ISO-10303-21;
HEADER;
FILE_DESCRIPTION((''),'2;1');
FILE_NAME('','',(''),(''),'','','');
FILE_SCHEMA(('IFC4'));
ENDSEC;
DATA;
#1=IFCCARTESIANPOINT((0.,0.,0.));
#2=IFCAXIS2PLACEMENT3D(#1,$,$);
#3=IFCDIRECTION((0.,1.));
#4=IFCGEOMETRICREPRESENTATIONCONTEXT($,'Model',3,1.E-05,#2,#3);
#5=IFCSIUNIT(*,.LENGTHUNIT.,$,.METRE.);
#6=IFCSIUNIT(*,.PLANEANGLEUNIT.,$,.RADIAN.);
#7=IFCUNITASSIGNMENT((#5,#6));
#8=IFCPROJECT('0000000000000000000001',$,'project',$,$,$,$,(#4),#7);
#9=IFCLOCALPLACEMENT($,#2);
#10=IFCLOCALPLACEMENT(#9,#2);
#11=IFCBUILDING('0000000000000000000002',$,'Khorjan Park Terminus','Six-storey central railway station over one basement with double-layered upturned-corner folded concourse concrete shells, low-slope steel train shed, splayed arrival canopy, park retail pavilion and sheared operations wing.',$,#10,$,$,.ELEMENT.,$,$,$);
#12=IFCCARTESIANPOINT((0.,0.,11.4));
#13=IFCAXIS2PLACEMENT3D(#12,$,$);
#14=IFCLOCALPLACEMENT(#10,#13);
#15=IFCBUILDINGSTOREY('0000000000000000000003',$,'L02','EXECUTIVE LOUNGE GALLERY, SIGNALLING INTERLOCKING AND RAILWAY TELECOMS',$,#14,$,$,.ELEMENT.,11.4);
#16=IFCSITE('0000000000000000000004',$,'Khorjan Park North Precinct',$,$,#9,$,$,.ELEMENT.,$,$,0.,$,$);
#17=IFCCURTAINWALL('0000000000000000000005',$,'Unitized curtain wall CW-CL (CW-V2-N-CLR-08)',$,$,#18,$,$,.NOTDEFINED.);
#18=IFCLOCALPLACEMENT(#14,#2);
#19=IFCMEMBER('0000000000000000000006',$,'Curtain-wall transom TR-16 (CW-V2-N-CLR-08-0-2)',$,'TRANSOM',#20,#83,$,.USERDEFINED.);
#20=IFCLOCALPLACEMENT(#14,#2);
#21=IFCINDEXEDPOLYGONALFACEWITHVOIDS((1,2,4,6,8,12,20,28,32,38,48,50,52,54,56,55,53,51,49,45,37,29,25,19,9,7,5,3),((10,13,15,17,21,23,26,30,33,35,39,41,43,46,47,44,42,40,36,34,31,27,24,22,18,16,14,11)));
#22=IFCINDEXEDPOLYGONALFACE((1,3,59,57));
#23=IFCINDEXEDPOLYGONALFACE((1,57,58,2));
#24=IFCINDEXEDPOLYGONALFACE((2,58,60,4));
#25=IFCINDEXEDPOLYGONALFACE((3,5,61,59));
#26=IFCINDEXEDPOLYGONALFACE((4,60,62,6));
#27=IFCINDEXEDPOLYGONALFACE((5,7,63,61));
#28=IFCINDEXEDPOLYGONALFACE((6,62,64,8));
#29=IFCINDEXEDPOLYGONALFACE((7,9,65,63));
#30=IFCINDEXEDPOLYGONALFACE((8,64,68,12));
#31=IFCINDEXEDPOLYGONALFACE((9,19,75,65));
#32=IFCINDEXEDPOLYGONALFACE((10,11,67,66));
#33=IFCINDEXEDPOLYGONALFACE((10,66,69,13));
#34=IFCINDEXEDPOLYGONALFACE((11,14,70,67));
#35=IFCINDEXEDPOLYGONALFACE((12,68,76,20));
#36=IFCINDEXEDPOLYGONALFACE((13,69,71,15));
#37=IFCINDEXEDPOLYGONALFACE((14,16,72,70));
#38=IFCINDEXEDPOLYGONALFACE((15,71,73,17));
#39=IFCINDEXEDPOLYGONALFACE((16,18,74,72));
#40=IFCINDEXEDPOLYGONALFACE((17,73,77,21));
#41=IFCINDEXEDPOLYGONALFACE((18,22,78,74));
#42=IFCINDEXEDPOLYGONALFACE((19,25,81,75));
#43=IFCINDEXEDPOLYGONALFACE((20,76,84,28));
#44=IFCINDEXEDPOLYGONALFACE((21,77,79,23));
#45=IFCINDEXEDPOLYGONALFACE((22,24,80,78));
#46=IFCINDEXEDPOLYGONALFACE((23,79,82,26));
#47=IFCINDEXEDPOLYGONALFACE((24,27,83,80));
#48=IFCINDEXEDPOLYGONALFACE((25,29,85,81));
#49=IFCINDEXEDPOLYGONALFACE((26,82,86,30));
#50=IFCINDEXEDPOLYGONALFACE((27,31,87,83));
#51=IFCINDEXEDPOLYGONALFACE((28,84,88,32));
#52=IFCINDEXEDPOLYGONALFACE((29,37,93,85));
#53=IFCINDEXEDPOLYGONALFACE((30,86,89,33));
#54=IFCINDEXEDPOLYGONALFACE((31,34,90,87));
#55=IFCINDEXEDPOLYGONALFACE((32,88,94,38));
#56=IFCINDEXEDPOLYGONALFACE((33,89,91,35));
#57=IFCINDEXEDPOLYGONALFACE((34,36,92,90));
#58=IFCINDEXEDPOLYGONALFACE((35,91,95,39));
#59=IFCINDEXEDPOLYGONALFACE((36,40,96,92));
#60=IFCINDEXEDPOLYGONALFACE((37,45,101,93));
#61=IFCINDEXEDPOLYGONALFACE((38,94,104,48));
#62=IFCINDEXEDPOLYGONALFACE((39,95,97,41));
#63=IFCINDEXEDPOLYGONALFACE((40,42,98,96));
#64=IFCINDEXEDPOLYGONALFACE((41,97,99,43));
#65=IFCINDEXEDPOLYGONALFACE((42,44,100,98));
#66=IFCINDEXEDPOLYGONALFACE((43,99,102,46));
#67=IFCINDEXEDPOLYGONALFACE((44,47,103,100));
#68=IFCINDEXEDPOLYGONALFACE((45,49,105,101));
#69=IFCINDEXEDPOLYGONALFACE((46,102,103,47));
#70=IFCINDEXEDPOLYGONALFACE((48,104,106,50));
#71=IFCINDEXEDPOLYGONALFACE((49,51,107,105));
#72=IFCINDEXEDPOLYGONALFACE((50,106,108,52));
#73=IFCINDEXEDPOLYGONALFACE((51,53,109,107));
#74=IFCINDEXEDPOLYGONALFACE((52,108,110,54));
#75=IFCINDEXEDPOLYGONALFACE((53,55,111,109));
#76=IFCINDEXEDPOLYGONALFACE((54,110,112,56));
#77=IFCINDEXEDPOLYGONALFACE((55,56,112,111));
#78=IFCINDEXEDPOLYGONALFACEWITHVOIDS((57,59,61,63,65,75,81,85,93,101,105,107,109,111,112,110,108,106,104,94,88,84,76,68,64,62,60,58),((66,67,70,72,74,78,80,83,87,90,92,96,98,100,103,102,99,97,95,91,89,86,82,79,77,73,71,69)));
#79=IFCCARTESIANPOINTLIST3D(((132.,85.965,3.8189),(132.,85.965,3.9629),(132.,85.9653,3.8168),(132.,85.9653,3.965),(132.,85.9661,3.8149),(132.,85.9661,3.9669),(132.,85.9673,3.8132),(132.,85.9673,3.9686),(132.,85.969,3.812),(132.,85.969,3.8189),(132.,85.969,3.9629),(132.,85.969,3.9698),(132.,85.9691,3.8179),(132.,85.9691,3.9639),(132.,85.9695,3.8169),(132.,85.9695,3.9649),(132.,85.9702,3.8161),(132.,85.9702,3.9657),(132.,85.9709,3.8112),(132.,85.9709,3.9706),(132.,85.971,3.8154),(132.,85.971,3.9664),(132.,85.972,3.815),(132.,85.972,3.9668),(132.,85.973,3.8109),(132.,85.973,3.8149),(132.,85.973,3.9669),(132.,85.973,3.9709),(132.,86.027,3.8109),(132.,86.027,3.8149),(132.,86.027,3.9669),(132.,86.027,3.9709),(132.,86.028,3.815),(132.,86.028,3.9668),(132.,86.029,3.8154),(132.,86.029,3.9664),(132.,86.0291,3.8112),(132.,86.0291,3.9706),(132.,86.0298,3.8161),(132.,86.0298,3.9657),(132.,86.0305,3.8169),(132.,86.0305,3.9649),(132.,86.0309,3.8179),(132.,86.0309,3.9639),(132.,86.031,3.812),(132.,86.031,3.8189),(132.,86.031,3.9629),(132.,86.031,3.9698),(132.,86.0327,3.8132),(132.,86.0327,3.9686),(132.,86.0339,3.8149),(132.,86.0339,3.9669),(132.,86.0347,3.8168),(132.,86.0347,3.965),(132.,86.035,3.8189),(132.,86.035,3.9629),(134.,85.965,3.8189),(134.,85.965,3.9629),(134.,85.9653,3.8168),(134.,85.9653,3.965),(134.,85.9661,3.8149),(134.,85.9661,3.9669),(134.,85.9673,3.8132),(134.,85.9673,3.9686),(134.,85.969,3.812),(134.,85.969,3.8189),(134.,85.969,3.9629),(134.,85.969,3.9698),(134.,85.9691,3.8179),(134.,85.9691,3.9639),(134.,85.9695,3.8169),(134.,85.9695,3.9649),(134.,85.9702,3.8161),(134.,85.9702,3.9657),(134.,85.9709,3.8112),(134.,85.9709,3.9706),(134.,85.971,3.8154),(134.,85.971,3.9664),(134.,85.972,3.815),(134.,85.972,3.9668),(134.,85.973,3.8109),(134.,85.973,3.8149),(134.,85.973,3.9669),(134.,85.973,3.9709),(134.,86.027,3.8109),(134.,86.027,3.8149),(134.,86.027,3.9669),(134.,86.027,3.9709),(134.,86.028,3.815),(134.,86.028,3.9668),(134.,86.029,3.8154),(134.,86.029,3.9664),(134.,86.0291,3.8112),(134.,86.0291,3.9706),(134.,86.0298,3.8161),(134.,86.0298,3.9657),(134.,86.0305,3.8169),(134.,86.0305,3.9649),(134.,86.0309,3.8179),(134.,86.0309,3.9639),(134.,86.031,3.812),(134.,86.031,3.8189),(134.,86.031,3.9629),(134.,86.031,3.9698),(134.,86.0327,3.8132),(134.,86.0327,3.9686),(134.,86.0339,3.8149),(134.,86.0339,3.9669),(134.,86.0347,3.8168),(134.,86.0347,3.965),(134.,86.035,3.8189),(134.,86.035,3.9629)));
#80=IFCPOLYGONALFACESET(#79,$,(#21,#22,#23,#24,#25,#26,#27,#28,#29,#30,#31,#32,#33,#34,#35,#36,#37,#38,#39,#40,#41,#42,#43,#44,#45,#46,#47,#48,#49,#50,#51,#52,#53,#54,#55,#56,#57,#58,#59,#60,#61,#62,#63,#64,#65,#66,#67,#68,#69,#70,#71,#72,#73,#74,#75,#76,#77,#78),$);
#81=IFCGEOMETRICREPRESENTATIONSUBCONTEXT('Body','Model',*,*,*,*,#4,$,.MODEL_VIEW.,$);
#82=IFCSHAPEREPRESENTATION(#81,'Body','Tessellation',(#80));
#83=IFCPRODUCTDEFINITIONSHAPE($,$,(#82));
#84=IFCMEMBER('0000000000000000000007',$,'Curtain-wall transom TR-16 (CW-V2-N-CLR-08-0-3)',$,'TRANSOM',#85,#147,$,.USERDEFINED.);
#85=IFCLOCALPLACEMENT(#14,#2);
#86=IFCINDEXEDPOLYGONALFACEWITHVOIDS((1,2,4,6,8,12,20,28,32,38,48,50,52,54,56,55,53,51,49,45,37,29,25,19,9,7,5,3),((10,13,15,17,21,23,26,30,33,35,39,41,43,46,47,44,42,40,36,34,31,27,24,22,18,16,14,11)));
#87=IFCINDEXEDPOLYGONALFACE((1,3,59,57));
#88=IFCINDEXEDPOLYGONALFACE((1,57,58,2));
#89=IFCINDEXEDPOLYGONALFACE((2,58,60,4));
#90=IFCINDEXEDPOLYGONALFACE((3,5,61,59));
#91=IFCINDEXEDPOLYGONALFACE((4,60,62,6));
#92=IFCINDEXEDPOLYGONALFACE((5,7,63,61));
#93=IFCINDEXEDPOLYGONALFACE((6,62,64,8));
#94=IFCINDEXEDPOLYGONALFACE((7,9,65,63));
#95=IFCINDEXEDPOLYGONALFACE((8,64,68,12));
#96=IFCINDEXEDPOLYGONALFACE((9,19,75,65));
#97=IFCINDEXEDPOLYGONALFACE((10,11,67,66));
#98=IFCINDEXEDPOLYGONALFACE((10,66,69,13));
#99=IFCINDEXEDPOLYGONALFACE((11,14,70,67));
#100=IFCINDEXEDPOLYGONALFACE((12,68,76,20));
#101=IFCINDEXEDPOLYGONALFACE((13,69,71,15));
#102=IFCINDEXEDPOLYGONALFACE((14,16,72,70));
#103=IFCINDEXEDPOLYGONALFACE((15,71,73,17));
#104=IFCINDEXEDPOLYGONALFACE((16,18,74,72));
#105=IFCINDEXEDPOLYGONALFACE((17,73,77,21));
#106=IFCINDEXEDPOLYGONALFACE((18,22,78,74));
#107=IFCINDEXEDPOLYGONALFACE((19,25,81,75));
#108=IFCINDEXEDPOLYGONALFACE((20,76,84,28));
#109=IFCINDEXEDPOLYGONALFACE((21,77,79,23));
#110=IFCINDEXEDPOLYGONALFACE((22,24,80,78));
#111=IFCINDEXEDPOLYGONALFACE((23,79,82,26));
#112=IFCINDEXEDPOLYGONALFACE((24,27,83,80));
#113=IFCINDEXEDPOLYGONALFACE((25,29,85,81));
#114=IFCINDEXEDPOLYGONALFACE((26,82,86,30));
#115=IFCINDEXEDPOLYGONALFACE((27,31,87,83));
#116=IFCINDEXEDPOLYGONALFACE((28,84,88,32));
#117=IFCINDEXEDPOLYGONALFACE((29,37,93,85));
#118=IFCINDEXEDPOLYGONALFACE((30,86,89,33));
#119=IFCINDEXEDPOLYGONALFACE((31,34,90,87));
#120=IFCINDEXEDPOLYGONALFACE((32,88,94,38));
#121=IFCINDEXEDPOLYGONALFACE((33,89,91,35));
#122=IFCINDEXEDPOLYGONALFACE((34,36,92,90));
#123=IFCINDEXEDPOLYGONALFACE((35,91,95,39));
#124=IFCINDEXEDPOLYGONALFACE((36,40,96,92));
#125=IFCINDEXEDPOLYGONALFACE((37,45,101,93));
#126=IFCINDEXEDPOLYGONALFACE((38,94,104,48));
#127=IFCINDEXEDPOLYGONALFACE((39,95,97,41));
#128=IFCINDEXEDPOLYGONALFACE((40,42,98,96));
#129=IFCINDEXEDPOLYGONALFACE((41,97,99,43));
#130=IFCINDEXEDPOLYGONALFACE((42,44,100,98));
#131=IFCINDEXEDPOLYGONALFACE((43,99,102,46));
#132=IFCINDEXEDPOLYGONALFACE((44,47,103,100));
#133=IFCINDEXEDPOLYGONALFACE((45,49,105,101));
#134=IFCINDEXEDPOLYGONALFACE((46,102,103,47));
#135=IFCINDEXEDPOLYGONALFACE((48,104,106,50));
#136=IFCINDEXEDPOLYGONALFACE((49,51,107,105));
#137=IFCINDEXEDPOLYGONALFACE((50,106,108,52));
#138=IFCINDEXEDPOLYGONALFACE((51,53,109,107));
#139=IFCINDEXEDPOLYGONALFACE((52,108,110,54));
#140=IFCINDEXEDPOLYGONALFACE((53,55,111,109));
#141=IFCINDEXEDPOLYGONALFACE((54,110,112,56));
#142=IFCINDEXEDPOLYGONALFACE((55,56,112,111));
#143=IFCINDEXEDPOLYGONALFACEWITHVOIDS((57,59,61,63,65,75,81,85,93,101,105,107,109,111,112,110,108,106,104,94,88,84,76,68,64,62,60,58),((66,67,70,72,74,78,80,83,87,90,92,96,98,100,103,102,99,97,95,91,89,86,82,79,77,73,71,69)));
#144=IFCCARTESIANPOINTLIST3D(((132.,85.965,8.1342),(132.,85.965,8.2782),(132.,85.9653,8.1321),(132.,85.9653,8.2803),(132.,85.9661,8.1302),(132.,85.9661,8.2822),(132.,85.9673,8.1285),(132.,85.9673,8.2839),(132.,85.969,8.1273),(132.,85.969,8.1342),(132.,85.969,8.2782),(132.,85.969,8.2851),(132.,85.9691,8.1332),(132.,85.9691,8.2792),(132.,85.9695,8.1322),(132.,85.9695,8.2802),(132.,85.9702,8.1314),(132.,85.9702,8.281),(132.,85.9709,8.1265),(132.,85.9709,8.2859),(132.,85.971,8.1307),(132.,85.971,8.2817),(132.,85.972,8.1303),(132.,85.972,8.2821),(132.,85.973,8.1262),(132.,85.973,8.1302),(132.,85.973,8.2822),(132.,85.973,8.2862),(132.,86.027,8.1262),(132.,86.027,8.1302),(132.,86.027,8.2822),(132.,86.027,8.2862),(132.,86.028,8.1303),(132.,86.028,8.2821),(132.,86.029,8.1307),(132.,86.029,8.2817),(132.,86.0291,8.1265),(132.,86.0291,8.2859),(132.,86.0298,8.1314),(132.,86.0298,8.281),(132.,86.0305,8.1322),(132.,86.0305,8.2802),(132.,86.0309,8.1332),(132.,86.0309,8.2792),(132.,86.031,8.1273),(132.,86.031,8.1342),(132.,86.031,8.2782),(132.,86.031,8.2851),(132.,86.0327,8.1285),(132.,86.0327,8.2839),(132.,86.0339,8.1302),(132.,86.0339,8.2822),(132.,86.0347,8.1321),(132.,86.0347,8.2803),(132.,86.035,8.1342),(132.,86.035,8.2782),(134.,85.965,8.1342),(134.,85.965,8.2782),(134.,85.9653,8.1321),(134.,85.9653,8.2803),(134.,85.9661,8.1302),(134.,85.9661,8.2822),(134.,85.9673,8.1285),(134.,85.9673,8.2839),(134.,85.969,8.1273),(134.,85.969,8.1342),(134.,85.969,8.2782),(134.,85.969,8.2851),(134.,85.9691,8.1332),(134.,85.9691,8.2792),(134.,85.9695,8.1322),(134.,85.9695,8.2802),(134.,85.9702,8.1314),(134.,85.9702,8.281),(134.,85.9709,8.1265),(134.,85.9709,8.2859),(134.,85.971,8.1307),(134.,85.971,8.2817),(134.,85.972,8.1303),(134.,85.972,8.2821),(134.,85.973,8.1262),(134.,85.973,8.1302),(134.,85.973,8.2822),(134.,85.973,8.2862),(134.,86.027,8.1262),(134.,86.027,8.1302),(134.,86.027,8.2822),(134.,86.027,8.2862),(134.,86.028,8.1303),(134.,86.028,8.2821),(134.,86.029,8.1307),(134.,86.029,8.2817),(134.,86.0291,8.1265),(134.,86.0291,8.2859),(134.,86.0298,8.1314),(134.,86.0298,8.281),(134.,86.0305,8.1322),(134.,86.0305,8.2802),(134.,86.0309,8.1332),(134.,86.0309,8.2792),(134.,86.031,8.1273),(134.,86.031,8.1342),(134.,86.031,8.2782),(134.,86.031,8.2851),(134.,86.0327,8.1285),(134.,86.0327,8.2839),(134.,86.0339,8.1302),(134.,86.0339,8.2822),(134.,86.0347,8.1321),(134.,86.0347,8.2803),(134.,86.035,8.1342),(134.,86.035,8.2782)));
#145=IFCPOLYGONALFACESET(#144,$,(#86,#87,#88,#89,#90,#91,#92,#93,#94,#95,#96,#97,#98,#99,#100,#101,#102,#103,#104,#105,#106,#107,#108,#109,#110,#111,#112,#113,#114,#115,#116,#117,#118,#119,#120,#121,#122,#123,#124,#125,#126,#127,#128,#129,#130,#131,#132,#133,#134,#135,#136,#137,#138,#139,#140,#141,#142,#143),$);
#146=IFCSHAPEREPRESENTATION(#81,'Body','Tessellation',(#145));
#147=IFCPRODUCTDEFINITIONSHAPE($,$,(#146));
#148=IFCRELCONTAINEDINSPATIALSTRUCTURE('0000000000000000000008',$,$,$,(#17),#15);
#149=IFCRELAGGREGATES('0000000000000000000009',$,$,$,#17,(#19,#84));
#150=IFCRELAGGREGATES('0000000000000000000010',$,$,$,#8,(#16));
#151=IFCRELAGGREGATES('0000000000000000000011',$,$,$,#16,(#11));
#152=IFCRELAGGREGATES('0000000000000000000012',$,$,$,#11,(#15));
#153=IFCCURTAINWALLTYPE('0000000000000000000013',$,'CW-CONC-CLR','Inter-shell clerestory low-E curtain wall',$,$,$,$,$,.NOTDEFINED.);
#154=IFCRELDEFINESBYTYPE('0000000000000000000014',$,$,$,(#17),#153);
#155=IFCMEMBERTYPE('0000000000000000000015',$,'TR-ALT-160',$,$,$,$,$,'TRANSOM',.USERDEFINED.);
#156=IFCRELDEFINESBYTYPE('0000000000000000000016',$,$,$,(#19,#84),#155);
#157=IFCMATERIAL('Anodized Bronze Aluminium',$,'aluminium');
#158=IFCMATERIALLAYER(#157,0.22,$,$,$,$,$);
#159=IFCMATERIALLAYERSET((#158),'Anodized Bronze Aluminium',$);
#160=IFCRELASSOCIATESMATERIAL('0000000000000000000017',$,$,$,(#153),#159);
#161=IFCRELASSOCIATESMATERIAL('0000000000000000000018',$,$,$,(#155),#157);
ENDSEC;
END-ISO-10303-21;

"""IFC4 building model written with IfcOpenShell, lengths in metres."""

from ifc_helpers import new_model, si_unit, direction, frame, origin, origin_2d, place, context, subcontext, project, spatial, hollow_rectangle, extrude, material, layer, layer_set, material_profile, profile_set, type_object, element, aggregate, save


model = new_model("IFC4")

# Units and contexts
model_context = context("Model", 3, precision=1e-05, world=origin(), true_north=direction((0.0, 1.0)))
body_context = subcontext(model_context, "Body", "Model", "MODEL_VIEW")
ifc_project = project(units=[si_unit("LENGTHUNIT", "METRE"), si_unit("PLANEANGLEUNIT", "RADIAN")], contexts=[model_context])

# Site, building, storey
site_placement = place(None, origin())
site = spatial("IfcSite", under=ifc_project, at=site_placement, Name="Khorjan Park North Precinct", CompositionType="ELEMENT", RefElevation=0.0)
building_placement = place(site_placement, origin())
building = spatial("IfcBuilding", under=site, at=building_placement, Name="Khorjan Park Terminus", Description="Six-storey central railway station over one basement with double-layered upturned-corner folded concourse concrete shells, low-slope steel train shed, splayed arrival canopy, park retail pavilion and sheared operations wing.", CompositionType="ELEMENT")
storey_placement = place(building_placement, frame((0.0, 0.0, 11.4)))
storey = spatial("IfcBuildingStorey", under=building, at=storey_placement, Name="L02", Description="EXECUTIVE LOUNGE GALLERY, SIGNALLING INTERLOCKING AND RAILWAY TELECOMS", CompositionType="ELEMENT", Elevation=11.4)

# Curtain wall
ifc_material_1 = material(Name="Anodized Bronze Aluminium", Category="aluminium")
ifc_layer_1 = layer(ifc_material_1, 0.22)
ifc_layer_set_1 = layer_set([ifc_layer_1], Name="Anodized Bronze Aluminium")
curtain_wall_type = type_object("IfcCurtainWallType", Name="CW-CONC-CLR", Description="Inter-shell clerestory low-E curtain wall", PredefinedType="NOTDEFINED", material=ifc_layer_set_1)
curtain_wall_1_placement = place(storey_placement, origin())
curtain_wall_1 = element("IfcCurtainWall", 1, at=curtain_wall_1_placement, inside=storey, type_object=curtain_wall_type, Name="Unitized curtain wall CW-CL (CW-V2-N-CLR-08)", PredefinedType="NOTDEFINED")

# Members
ifc_material_profile_1 = material_profile(ifc_material_1, hollow_rectangle(XDim=0.07, YDim=0.16, WallThickness=0.004, InnerFilletRadius=0.004, OuterFilletRadius=0.008, at=origin_2d()), Name="ALT 70x160x4")
ifc_profile_set_1 = profile_set([ifc_material_profile_1], Name="Anodized Bronze Aluminium")
member_type_1 = type_object("IfcMemberType", Name="TR-ALT-160", ElementType="TRANSOM", PredefinedType="USERDEFINED", material=ifc_profile_set_1)
member_1_placement = place(storey_placement, frame((134.0, 86.0, 3.8909), z_axis=(-1.0, 0.0, 0.0), x_axis=(0.0, -1.0, 0.0)))
member_1 = element("IfcMember", 2, at=member_1_placement, type_object=member_type_1, Name="Curtain-wall transom TR-16 (CW-V2-N-CLR-08-0-2)", ObjectType="TRANSOM", PredefinedType="USERDEFINED", context=body_context, shape_type="SweptSolid", body=[
    extrude(hollow_rectangle(XDim=0.07, YDim=0.16, WallThickness=0.004, InnerFilletRadius=0.004, OuterFilletRadius=0.008, at=origin_2d()), origin(), (0.0, 0.0, 1.0), 2.0),
])
member_2_placement = place(storey_placement, frame((134.0, 86.0, 8.2062), z_axis=(-1.0, 0.0, 0.0), x_axis=(0.0, -1.0, 0.0)))
member_2 = element("IfcMember", 3, at=member_2_placement, type_object=member_type_1, Name="Curtain-wall transom TR-16 (CW-V2-N-CLR-08-0-3)", ObjectType="TRANSOM", PredefinedType="USERDEFINED", context=body_context, shape_type="SweptSolid", body=[
    extrude(hollow_rectangle(XDim=0.07, YDim=0.16, WallThickness=0.004, InnerFilletRadius=0.004, OuterFilletRadius=0.008, at=origin_2d()), origin(), (0.0, 0.0, 1.0), 2.0),
])
aggregate(curtain_wall_1, [member_1, member_2])

save(model, "model.ifc")
